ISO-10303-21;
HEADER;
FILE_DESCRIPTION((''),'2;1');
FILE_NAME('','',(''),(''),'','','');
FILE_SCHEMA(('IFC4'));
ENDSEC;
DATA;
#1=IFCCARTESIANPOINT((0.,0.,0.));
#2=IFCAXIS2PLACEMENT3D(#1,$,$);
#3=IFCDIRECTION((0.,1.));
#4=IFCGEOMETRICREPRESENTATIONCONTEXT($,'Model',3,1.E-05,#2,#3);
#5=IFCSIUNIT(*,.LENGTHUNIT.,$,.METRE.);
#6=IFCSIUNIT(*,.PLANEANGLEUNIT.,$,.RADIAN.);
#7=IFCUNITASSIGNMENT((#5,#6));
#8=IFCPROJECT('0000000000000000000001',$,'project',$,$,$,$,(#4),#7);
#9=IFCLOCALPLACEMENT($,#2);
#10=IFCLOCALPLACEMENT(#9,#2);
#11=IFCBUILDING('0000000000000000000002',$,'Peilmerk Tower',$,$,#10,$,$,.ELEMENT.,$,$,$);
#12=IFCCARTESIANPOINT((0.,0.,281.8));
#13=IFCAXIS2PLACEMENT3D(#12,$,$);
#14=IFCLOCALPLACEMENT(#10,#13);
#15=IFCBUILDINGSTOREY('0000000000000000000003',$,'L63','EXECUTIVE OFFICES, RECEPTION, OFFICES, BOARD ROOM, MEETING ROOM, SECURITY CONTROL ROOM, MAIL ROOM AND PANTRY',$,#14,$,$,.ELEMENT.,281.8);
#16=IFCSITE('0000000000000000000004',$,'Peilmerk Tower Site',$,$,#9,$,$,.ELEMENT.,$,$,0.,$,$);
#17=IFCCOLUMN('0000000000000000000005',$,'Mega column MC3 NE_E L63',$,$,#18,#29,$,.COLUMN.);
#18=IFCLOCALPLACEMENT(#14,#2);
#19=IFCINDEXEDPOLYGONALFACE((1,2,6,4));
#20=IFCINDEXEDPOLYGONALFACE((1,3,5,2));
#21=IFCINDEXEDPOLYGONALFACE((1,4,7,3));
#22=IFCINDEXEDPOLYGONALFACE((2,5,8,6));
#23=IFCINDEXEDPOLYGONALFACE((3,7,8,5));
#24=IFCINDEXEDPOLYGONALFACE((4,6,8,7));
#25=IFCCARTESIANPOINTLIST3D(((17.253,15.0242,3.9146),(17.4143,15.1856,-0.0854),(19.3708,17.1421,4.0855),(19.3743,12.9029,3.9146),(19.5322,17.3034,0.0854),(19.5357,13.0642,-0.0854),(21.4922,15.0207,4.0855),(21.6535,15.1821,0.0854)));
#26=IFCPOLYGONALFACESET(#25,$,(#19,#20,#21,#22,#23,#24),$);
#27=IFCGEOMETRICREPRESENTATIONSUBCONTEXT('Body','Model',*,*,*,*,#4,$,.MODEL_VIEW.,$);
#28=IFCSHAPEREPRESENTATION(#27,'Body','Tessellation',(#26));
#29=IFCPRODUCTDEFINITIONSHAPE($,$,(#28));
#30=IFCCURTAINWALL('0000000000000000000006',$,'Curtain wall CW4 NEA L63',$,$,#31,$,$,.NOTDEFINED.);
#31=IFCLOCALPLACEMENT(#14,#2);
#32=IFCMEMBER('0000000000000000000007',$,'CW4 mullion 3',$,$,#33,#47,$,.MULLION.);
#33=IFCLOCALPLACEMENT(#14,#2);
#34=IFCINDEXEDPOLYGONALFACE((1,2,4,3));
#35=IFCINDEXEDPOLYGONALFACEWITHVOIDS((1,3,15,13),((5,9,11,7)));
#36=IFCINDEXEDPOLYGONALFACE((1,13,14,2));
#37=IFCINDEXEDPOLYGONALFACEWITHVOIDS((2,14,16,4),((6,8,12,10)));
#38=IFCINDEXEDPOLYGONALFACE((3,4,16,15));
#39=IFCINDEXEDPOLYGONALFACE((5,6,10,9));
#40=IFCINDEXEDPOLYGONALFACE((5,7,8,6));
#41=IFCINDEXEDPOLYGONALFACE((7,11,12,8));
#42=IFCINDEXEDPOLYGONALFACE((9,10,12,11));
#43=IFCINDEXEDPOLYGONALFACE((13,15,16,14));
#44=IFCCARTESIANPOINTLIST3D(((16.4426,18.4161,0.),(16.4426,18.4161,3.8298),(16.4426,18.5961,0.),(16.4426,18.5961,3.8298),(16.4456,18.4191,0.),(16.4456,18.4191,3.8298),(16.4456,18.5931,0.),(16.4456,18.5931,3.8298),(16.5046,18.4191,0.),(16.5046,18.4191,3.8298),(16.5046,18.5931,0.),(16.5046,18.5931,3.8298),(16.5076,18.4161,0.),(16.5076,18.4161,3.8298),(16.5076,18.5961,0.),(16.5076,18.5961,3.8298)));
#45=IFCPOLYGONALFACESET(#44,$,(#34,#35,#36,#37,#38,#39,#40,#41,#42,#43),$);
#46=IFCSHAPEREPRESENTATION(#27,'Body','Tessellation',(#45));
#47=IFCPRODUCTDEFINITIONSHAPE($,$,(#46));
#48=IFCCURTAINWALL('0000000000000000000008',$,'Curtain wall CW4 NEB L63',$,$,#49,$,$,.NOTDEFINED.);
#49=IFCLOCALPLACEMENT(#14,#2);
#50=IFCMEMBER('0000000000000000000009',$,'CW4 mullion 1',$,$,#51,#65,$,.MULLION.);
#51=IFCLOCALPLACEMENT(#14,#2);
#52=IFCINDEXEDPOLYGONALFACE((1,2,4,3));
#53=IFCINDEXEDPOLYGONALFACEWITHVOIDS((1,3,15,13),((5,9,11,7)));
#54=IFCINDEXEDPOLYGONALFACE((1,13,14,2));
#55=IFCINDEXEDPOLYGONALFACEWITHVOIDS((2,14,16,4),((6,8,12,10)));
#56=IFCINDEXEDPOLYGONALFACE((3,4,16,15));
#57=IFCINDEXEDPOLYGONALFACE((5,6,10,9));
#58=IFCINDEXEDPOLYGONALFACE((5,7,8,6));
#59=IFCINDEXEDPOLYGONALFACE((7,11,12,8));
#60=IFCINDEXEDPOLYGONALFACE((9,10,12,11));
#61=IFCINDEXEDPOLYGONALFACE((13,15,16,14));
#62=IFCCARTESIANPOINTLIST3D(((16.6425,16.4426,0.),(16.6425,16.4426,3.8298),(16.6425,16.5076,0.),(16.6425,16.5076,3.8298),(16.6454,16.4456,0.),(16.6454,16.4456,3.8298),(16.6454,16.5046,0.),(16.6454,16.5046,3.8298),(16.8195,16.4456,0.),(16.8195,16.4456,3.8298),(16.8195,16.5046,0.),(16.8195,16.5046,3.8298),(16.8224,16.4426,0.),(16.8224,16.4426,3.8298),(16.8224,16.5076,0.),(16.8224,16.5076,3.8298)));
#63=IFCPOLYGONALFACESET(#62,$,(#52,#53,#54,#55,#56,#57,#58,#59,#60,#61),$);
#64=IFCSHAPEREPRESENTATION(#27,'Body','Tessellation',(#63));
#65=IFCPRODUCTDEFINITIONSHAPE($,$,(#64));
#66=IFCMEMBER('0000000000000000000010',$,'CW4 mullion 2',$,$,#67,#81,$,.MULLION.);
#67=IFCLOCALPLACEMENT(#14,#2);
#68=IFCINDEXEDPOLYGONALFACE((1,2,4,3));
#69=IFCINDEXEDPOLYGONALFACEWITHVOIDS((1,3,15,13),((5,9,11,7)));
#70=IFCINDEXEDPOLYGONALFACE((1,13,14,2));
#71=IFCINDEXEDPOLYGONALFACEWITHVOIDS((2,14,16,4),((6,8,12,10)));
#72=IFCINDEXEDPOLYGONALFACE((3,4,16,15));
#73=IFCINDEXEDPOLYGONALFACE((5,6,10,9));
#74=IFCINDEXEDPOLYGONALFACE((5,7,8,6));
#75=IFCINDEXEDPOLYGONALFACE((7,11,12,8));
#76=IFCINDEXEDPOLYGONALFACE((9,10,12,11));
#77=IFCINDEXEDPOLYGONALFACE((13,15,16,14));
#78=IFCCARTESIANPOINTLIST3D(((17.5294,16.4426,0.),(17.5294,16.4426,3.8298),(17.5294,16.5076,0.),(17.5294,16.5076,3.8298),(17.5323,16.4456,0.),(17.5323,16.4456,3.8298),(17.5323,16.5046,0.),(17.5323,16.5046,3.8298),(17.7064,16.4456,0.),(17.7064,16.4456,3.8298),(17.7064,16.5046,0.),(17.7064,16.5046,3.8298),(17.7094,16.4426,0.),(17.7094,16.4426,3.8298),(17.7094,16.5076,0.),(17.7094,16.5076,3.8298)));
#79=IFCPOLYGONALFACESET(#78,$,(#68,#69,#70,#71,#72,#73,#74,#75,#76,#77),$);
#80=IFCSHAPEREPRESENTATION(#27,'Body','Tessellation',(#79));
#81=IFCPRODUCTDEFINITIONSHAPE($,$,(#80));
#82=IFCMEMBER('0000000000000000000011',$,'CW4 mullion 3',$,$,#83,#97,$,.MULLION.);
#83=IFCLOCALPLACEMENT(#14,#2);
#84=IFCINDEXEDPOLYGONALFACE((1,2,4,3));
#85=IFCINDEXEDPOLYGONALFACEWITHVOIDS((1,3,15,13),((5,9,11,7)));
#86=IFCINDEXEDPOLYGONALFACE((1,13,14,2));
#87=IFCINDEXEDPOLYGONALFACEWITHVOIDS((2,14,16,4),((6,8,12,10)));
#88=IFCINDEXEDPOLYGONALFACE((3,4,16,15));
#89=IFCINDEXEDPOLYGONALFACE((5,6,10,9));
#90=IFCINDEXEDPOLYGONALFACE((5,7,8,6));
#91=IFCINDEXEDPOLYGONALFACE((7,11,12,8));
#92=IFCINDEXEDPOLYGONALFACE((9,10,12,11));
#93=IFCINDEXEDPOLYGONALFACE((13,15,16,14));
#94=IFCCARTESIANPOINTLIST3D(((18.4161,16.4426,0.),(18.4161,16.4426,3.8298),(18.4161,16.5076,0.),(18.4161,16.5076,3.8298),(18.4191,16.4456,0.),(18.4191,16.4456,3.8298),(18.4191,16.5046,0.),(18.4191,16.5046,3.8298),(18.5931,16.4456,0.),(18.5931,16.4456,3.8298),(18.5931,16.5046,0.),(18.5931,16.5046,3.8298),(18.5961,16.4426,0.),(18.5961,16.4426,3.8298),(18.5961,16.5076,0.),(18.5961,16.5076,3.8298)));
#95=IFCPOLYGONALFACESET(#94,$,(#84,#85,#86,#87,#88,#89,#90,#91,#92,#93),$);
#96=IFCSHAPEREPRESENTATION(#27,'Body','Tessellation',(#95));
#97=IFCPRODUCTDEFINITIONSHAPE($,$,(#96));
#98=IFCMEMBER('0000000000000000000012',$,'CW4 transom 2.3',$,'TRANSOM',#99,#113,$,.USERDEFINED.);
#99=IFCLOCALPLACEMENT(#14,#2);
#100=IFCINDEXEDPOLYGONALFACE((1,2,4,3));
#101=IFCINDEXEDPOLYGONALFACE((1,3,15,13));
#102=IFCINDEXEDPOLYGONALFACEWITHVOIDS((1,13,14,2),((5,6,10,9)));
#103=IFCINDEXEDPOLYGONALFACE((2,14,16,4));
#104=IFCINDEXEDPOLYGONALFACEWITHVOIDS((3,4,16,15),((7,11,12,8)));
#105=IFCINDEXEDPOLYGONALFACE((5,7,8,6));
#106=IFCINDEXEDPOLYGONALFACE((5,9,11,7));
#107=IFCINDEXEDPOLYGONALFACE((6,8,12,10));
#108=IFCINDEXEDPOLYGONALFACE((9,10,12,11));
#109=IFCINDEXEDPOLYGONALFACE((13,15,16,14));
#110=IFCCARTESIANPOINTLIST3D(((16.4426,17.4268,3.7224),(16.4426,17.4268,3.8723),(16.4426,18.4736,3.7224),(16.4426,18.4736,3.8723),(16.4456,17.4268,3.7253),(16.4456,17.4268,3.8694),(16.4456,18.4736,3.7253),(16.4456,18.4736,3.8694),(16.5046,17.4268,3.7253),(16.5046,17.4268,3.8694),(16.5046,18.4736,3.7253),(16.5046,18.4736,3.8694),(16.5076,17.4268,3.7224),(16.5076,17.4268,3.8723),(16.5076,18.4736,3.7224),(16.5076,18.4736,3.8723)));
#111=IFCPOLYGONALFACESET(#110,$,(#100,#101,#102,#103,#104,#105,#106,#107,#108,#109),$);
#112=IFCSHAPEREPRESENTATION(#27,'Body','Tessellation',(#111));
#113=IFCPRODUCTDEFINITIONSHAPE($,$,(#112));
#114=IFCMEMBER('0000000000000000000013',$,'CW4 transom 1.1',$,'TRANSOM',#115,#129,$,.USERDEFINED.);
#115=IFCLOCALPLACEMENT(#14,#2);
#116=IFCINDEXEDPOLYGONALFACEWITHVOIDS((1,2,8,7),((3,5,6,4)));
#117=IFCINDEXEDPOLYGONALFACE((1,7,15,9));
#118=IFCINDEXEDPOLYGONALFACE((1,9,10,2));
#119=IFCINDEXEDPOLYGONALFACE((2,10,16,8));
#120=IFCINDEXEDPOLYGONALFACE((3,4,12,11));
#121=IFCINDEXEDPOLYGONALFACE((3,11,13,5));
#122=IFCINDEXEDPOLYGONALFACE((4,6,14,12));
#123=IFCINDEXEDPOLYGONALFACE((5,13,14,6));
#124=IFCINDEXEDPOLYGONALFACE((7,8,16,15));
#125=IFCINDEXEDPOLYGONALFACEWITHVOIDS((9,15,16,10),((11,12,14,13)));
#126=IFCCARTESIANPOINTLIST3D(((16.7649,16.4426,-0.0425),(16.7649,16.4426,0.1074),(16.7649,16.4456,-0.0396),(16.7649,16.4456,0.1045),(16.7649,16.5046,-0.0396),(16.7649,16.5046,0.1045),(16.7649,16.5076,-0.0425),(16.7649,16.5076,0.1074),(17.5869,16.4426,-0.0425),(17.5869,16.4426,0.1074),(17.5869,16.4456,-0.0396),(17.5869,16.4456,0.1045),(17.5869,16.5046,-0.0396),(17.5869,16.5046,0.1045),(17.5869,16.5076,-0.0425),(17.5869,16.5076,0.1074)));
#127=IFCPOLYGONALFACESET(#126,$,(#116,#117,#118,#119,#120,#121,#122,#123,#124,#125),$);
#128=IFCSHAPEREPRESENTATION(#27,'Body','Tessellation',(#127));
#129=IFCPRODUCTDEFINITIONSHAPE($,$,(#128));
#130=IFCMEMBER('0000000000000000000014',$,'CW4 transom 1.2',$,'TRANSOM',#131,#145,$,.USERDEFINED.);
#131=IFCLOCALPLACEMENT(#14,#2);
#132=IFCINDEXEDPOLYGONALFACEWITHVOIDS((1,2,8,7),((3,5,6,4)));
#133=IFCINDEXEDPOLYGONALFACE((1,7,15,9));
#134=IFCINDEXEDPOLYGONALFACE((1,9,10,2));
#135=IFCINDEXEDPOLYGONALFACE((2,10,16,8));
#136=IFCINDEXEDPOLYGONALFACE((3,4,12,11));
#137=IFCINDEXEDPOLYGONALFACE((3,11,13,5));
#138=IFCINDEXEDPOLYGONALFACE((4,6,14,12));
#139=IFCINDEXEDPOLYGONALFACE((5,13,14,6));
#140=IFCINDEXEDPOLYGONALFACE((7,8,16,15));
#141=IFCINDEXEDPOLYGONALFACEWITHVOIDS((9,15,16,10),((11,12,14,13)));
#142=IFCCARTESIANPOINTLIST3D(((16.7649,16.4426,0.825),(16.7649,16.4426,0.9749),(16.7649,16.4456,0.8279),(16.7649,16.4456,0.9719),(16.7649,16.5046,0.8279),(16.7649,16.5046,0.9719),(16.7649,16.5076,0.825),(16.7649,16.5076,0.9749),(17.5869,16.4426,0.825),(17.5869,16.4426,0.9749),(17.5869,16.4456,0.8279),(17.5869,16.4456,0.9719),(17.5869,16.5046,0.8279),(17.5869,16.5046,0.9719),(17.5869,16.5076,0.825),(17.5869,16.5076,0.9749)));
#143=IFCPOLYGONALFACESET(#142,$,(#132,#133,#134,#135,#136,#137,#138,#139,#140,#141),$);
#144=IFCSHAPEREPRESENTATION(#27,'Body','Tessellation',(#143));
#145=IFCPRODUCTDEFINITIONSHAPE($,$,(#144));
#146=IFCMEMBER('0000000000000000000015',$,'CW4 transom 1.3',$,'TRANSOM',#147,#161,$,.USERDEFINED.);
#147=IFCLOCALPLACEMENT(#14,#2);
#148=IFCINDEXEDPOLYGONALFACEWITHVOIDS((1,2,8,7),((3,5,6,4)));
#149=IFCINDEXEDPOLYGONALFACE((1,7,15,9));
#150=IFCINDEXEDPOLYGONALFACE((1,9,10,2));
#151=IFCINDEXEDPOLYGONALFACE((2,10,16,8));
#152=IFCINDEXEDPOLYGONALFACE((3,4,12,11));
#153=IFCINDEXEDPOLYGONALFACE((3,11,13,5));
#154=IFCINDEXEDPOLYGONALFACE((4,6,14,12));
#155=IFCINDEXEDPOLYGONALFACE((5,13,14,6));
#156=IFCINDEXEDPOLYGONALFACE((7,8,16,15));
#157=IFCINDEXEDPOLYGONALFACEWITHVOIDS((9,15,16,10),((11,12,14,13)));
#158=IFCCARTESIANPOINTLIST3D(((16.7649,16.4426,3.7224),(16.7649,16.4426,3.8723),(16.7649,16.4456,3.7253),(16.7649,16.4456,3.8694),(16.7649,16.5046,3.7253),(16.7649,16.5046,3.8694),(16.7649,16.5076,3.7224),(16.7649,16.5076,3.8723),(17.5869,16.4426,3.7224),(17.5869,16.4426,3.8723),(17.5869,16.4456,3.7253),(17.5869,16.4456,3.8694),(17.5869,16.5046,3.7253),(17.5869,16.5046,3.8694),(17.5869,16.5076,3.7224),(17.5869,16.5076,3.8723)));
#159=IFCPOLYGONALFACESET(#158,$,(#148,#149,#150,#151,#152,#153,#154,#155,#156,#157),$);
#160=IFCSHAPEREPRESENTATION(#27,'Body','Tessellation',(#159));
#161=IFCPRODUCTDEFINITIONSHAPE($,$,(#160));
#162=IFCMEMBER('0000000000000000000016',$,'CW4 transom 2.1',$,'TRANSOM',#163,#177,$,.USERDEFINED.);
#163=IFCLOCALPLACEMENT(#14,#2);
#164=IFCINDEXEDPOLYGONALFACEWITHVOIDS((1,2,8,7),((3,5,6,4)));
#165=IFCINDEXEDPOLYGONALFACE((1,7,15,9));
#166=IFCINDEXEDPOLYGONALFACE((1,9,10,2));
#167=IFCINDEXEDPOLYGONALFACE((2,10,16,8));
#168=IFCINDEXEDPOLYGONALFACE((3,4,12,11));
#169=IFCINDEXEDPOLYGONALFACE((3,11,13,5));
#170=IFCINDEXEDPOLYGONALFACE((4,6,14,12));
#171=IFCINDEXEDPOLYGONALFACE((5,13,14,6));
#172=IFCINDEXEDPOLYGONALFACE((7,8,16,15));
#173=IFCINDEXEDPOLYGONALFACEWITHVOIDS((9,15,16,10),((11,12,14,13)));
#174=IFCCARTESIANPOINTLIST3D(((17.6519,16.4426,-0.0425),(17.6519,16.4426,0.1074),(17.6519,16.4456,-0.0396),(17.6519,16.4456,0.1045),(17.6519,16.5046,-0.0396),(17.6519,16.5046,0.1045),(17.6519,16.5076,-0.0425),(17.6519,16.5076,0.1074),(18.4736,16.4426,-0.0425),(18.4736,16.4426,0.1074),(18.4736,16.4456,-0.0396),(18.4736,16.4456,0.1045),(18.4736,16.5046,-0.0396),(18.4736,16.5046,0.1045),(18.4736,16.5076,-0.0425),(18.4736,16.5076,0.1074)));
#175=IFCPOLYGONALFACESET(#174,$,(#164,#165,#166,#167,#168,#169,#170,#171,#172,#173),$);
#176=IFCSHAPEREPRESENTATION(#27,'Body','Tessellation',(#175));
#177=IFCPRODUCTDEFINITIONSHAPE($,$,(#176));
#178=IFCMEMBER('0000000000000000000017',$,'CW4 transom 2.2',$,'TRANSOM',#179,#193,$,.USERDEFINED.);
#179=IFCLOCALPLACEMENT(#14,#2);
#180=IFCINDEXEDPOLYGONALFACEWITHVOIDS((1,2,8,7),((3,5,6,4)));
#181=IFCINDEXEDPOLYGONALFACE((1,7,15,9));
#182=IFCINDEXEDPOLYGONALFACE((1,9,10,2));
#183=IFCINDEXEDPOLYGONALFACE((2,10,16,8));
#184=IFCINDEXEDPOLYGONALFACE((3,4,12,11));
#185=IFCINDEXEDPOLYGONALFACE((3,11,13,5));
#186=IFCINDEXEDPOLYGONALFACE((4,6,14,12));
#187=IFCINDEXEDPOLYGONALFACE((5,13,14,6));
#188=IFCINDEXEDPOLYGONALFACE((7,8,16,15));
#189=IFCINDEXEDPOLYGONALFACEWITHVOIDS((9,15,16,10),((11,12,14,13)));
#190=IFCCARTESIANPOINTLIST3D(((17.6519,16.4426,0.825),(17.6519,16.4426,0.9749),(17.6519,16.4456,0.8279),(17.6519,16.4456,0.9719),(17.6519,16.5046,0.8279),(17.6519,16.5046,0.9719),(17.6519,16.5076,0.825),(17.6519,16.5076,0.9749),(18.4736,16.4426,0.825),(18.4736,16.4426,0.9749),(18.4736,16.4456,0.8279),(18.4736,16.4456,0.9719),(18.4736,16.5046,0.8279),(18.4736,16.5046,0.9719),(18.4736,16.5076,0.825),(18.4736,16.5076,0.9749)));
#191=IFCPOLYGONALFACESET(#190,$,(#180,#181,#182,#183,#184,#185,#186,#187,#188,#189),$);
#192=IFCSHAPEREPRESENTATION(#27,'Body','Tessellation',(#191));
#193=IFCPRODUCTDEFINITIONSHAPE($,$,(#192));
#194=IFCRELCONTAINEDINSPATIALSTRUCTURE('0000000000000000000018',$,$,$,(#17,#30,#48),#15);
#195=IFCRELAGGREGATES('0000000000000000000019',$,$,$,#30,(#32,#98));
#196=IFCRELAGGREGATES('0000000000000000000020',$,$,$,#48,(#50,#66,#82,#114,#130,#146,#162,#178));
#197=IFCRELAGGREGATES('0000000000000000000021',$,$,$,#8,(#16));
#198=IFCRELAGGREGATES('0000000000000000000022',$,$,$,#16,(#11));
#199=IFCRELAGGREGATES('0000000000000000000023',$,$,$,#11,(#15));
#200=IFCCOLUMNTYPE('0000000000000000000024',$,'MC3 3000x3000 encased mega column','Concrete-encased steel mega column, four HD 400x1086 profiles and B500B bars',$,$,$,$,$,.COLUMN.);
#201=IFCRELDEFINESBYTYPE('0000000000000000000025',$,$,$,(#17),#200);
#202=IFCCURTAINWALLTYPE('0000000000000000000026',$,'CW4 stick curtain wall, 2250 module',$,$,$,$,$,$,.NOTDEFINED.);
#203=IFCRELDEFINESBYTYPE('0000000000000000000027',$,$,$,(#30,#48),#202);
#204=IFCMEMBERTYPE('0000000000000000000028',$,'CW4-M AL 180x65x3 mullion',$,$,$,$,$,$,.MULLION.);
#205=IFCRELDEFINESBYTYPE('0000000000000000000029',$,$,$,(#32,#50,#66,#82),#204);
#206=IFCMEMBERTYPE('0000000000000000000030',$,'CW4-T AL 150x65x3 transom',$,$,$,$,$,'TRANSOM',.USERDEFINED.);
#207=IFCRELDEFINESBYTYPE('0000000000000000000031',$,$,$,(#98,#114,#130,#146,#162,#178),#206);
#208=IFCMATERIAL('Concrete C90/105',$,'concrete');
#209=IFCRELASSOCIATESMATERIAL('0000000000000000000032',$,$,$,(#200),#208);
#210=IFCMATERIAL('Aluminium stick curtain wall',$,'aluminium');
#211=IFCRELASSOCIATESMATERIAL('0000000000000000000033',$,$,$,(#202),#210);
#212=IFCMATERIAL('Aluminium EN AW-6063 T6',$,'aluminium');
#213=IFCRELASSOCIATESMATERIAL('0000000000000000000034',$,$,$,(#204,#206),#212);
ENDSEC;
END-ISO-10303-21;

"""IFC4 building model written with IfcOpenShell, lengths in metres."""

from ifc_helpers import new_model, si_unit, direction, frame, origin, origin_2d, place, context, subcontext, project, spatial, rectangle, hollow_rectangle, extrude, material, material_profile, profile_set, type_object, element, aggregate, save


model = new_model("IFC4")

# Units and contexts
model_context = context("Model", 3, precision=1e-05, world=origin(), true_north=direction((0.0, 1.0)))
body_context = subcontext(model_context, "Body", "Model", "MODEL_VIEW")
ifc_project = project(units=[si_unit("LENGTHUNIT", "METRE"), si_unit("PLANEANGLEUNIT", "RADIAN")], contexts=[model_context])

# Site, building, storey
site_placement = place(None, origin())
site = spatial("IfcSite", under=ifc_project, at=site_placement, Name="Peilmerk Tower Site", CompositionType="ELEMENT", RefElevation=0.0)
building_placement = place(site_placement, origin())
building = spatial("IfcBuilding", under=site, at=building_placement, Name="Peilmerk Tower", CompositionType="ELEMENT")
storey_placement = place(building_placement, frame((0.0, 0.0, 281.8)))
storey = spatial("IfcBuildingStorey", under=building, at=storey_placement, Name="L63", Description="EXECUTIVE OFFICES, RECEPTION, OFFICES, BOARD ROOM, MEETING ROOM, SECURITY CONTROL ROOM, MAIL ROOM AND PANTRY", CompositionType="ELEMENT", Elevation=281.8)

# Column
ifc_material_1 = material(Name="Concrete C90/105", Category="concrete")
ifc_material_profile_1 = material_profile(ifc_material_1, rectangle(XDim=3.0, YDim=3.0, at=origin_2d()), Name="RC 3000x3000")
ifc_profile_set_1 = profile_set([ifc_material_profile_1], Name="Concrete C90/105")
column_type = type_object("IfcColumnType", Name="MC3 3000x3000 encased mega column", Description="Concrete-encased steel mega column, four HD 400x1086 profiles and B500B bars", PredefinedType="COLUMN", material=ifc_profile_set_1)
column_placement = place(storey_placement, frame((19.5339, 15.1838, 0.0), z_axis=(-0.040279, -0.040279, 0.998376), x_axis=(0.707107, -0.707107, 0.0)))
element("IfcColumn", 1, at=column_placement, inside=storey, type_object=column_type, Name="Mega column MC3 NE_E L63", PredefinedType="COLUMN", context=body_context, shape_type="SweptSolid", body=[
    extrude(rectangle(XDim=3.0, YDim=3.0, at=origin_2d()), origin(), (0.0, 0.0, 1.0), 4.0066),
])

# Curtain wall, member
ifc_material_2 = material(Name="Aluminium stick curtain wall", Category="aluminium")
curtain_wall_type = type_object("IfcCurtainWallType", Name="CW4 stick curtain wall, 2250 module", PredefinedType="NOTDEFINED", material=ifc_material_2)
curtain_wall_1_placement = place(storey_placement, origin())
curtain_wall_1 = element("IfcCurtainWall", 2, at=curtain_wall_1_placement, inside=storey, type_object=curtain_wall_type, Name="Curtain wall CW4 NEA L63", PredefinedType="NOTDEFINED")
ifc_material_3 = material(Name="Aluminium EN AW-6063 T6", Category="aluminium")
ifc_material_profile_2 = material_profile(ifc_material_3, hollow_rectangle(XDim=0.0649, YDim=0.1799, WallThickness=0.0029, at=origin_2d()), Name="AL 180x65x3")
ifc_profile_set_2 = profile_set([ifc_material_profile_2], Name="Aluminium EN AW-6063 T6")
member_type_1 = type_object("IfcMemberType", Name="CW4-M AL 180x65x3 mullion", PredefinedType="MULLION", material=ifc_profile_set_2)
member_1_placement = place(storey_placement, frame((16.4751, 18.5061, 0.0), z_axis=(0.0, 0.0, 1.0), x_axis=(-1.0, 0.0, 0.0)))
member_1 = element("IfcMember", 3, at=member_1_placement, type_object=member_type_1, Name="CW4 mullion 3", PredefinedType="MULLION", context=body_context, shape_type="SweptSolid", body=[
    extrude(hollow_rectangle(XDim=0.0649, YDim=0.1799, WallThickness=0.0029, at=origin_2d()), origin(), (0.0, 0.0, 1.0), 3.8298),
])

# Curtain wall, members
curtain_wall_2_placement = place(storey_placement, origin())
curtain_wall_2 = element("IfcCurtainWall", 4, at=curtain_wall_2_placement, inside=storey, type_object=curtain_wall_type, Name="Curtain wall CW4 NEB L63", PredefinedType="NOTDEFINED")
member_2_placement = place(storey_placement, frame((16.7324, 16.4751, 0.0), z_axis=(0.0, 0.0, 1.0), x_axis=(0.0, 1.0, 0.0)))
member_2 = element("IfcMember", 5, at=member_2_placement, type_object=member_type_1, Name="CW4 mullion 1", PredefinedType="MULLION", context=body_context, shape_type="SweptSolid", body=[
    extrude(hollow_rectangle(XDim=0.0649, YDim=0.1799, WallThickness=0.0029, at=origin_2d()), origin(), (0.0, 0.0, 1.0), 3.8298),
])
member_3_placement = place(storey_placement, frame((17.6194, 16.4751, 0.0), z_axis=(0.0, 0.0, 1.0), x_axis=(0.0, 1.0, 0.0)))
member_3 = element("IfcMember", 6, at=member_3_placement, type_object=member_type_1, Name="CW4 mullion 2", PredefinedType="MULLION", context=body_context, shape_type="SweptSolid", body=[
    extrude(hollow_rectangle(XDim=0.0649, YDim=0.1799, WallThickness=0.0029, at=origin_2d()), origin(), (0.0, 0.0, 1.0), 3.8298),
])
member_4_placement = place(storey_placement, frame((18.5061, 16.4751, 0.0), z_axis=(0.0, 0.0, 1.0), x_axis=(0.0, 1.0, 0.0)))
member_4 = element("IfcMember", 7, at=member_4_placement, type_object=member_type_1, Name="CW4 mullion 3", PredefinedType="MULLION", context=body_context, shape_type="SweptSolid", body=[
    extrude(hollow_rectangle(XDim=0.0649, YDim=0.1799, WallThickness=0.0029, at=origin_2d()), origin(), (0.0, 0.0, 1.0), 3.8298),
])

# Members
ifc_material_profile_3 = material_profile(ifc_material_3, hollow_rectangle(XDim=0.0649, YDim=0.1499, WallThickness=0.0029, at=origin_2d()), Name="AL 150x65x3")
ifc_profile_set_3 = profile_set([ifc_material_profile_3], Name="Aluminium EN AW-6063 T6")
member_type_2 = type_object("IfcMemberType", Name="CW4-T AL 150x65x3 transom", ElementType="TRANSOM", PredefinedType="USERDEFINED", material=ifc_profile_set_3)
member_5_placement = place(storey_placement, frame((16.4751, 17.4268, 3.7974), z_axis=(0.0, 1.0, 0.0), x_axis=(-1.0, 0.0, 0.0)))
member_5 = element("IfcMember", 8, at=member_5_placement, type_object=member_type_2, Name="CW4 transom 2.3", ObjectType="TRANSOM", PredefinedType="USERDEFINED", context=body_context, shape_type="SweptSolid", body=[
    extrude(hollow_rectangle(XDim=0.0649, YDim=0.1499, WallThickness=0.0029, at=origin_2d()), origin(), (0.0, 0.0, 1.0), 1.0469),
])
member_6_placement = place(storey_placement, frame((16.7649, 16.4751, 0.0325), z_axis=(1.0, 0.0, 0.0), x_axis=(0.0, 1.0, 0.0)))
member_6 = element("IfcMember", 9, at=member_6_placement, type_object=member_type_2, Name="CW4 transom 1.1", ObjectType="TRANSOM", PredefinedType="USERDEFINED", context=body_context, shape_type="SweptSolid", body=[
    extrude(hollow_rectangle(XDim=0.0649, YDim=0.1499, WallThickness=0.0029, at=origin_2d()), origin(), (0.0, 0.0, 1.0), 0.822),
])
member_7_placement = place(storey_placement, frame((16.7649, 16.4751, 0.8999), z_axis=(1.0, 0.0, 0.0), x_axis=(0.0, 1.0, 0.0)))
member_7 = element("IfcMember", 10, at=member_7_placement, type_object=member_type_2, Name="CW4 transom 1.2", ObjectType="TRANSOM", PredefinedType="USERDEFINED", context=body_context, shape_type="SweptSolid", body=[
    extrude(hollow_rectangle(XDim=0.0649, YDim=0.1499, WallThickness=0.0029, at=origin_2d()), origin(), (0.0, 0.0, 1.0), 0.822),
])
member_8_placement = place(storey_placement, frame((16.7649, 16.4751, 3.7974), z_axis=(1.0, 0.0, 0.0), x_axis=(0.0, 1.0, 0.0)))
member_8 = element("IfcMember", 11, at=member_8_placement, type_object=member_type_2, Name="CW4 transom 1.3", ObjectType="TRANSOM", PredefinedType="USERDEFINED", context=body_context, shape_type="SweptSolid", body=[
    extrude(hollow_rectangle(XDim=0.0649, YDim=0.1499, WallThickness=0.0029, at=origin_2d()), origin(), (0.0, 0.0, 1.0), 0.822),
])
member_9_placement = place(storey_placement, frame((17.6519, 16.4751, 0.0325), z_axis=(1.0, 0.0, 0.0), x_axis=(0.0, 1.0, 0.0)))
member_9 = element("IfcMember", 12, at=member_9_placement, type_object=member_type_2, Name="CW4 transom 2.1", ObjectType="TRANSOM", PredefinedType="USERDEFINED", context=body_context, shape_type="SweptSolid", body=[
    extrude(hollow_rectangle(XDim=0.0649, YDim=0.1499, WallThickness=0.0029, at=origin_2d()), origin(), (0.0, 0.0, 1.0), 0.8218),
])
member_10_placement = place(storey_placement, frame((17.6519, 16.4751, 0.8999), z_axis=(1.0, 0.0, 0.0), x_axis=(0.0, 1.0, 0.0)))
member_10 = element("IfcMember", 13, at=member_10_placement, type_object=member_type_2, Name="CW4 transom 2.2", ObjectType="TRANSOM", PredefinedType="USERDEFINED", context=body_context, shape_type="SweptSolid", body=[
    extrude(hollow_rectangle(XDim=0.0649, YDim=0.1499, WallThickness=0.0029, at=origin_2d()), origin(), (0.0, 0.0, 1.0), 0.8218),
])

aggregate(curtain_wall_1, [member_1, member_5])
aggregate(curtain_wall_2, [member_2, member_3, member_4, member_6, member_7, member_8, member_9, member_10])

save(model, "model.ifc")
